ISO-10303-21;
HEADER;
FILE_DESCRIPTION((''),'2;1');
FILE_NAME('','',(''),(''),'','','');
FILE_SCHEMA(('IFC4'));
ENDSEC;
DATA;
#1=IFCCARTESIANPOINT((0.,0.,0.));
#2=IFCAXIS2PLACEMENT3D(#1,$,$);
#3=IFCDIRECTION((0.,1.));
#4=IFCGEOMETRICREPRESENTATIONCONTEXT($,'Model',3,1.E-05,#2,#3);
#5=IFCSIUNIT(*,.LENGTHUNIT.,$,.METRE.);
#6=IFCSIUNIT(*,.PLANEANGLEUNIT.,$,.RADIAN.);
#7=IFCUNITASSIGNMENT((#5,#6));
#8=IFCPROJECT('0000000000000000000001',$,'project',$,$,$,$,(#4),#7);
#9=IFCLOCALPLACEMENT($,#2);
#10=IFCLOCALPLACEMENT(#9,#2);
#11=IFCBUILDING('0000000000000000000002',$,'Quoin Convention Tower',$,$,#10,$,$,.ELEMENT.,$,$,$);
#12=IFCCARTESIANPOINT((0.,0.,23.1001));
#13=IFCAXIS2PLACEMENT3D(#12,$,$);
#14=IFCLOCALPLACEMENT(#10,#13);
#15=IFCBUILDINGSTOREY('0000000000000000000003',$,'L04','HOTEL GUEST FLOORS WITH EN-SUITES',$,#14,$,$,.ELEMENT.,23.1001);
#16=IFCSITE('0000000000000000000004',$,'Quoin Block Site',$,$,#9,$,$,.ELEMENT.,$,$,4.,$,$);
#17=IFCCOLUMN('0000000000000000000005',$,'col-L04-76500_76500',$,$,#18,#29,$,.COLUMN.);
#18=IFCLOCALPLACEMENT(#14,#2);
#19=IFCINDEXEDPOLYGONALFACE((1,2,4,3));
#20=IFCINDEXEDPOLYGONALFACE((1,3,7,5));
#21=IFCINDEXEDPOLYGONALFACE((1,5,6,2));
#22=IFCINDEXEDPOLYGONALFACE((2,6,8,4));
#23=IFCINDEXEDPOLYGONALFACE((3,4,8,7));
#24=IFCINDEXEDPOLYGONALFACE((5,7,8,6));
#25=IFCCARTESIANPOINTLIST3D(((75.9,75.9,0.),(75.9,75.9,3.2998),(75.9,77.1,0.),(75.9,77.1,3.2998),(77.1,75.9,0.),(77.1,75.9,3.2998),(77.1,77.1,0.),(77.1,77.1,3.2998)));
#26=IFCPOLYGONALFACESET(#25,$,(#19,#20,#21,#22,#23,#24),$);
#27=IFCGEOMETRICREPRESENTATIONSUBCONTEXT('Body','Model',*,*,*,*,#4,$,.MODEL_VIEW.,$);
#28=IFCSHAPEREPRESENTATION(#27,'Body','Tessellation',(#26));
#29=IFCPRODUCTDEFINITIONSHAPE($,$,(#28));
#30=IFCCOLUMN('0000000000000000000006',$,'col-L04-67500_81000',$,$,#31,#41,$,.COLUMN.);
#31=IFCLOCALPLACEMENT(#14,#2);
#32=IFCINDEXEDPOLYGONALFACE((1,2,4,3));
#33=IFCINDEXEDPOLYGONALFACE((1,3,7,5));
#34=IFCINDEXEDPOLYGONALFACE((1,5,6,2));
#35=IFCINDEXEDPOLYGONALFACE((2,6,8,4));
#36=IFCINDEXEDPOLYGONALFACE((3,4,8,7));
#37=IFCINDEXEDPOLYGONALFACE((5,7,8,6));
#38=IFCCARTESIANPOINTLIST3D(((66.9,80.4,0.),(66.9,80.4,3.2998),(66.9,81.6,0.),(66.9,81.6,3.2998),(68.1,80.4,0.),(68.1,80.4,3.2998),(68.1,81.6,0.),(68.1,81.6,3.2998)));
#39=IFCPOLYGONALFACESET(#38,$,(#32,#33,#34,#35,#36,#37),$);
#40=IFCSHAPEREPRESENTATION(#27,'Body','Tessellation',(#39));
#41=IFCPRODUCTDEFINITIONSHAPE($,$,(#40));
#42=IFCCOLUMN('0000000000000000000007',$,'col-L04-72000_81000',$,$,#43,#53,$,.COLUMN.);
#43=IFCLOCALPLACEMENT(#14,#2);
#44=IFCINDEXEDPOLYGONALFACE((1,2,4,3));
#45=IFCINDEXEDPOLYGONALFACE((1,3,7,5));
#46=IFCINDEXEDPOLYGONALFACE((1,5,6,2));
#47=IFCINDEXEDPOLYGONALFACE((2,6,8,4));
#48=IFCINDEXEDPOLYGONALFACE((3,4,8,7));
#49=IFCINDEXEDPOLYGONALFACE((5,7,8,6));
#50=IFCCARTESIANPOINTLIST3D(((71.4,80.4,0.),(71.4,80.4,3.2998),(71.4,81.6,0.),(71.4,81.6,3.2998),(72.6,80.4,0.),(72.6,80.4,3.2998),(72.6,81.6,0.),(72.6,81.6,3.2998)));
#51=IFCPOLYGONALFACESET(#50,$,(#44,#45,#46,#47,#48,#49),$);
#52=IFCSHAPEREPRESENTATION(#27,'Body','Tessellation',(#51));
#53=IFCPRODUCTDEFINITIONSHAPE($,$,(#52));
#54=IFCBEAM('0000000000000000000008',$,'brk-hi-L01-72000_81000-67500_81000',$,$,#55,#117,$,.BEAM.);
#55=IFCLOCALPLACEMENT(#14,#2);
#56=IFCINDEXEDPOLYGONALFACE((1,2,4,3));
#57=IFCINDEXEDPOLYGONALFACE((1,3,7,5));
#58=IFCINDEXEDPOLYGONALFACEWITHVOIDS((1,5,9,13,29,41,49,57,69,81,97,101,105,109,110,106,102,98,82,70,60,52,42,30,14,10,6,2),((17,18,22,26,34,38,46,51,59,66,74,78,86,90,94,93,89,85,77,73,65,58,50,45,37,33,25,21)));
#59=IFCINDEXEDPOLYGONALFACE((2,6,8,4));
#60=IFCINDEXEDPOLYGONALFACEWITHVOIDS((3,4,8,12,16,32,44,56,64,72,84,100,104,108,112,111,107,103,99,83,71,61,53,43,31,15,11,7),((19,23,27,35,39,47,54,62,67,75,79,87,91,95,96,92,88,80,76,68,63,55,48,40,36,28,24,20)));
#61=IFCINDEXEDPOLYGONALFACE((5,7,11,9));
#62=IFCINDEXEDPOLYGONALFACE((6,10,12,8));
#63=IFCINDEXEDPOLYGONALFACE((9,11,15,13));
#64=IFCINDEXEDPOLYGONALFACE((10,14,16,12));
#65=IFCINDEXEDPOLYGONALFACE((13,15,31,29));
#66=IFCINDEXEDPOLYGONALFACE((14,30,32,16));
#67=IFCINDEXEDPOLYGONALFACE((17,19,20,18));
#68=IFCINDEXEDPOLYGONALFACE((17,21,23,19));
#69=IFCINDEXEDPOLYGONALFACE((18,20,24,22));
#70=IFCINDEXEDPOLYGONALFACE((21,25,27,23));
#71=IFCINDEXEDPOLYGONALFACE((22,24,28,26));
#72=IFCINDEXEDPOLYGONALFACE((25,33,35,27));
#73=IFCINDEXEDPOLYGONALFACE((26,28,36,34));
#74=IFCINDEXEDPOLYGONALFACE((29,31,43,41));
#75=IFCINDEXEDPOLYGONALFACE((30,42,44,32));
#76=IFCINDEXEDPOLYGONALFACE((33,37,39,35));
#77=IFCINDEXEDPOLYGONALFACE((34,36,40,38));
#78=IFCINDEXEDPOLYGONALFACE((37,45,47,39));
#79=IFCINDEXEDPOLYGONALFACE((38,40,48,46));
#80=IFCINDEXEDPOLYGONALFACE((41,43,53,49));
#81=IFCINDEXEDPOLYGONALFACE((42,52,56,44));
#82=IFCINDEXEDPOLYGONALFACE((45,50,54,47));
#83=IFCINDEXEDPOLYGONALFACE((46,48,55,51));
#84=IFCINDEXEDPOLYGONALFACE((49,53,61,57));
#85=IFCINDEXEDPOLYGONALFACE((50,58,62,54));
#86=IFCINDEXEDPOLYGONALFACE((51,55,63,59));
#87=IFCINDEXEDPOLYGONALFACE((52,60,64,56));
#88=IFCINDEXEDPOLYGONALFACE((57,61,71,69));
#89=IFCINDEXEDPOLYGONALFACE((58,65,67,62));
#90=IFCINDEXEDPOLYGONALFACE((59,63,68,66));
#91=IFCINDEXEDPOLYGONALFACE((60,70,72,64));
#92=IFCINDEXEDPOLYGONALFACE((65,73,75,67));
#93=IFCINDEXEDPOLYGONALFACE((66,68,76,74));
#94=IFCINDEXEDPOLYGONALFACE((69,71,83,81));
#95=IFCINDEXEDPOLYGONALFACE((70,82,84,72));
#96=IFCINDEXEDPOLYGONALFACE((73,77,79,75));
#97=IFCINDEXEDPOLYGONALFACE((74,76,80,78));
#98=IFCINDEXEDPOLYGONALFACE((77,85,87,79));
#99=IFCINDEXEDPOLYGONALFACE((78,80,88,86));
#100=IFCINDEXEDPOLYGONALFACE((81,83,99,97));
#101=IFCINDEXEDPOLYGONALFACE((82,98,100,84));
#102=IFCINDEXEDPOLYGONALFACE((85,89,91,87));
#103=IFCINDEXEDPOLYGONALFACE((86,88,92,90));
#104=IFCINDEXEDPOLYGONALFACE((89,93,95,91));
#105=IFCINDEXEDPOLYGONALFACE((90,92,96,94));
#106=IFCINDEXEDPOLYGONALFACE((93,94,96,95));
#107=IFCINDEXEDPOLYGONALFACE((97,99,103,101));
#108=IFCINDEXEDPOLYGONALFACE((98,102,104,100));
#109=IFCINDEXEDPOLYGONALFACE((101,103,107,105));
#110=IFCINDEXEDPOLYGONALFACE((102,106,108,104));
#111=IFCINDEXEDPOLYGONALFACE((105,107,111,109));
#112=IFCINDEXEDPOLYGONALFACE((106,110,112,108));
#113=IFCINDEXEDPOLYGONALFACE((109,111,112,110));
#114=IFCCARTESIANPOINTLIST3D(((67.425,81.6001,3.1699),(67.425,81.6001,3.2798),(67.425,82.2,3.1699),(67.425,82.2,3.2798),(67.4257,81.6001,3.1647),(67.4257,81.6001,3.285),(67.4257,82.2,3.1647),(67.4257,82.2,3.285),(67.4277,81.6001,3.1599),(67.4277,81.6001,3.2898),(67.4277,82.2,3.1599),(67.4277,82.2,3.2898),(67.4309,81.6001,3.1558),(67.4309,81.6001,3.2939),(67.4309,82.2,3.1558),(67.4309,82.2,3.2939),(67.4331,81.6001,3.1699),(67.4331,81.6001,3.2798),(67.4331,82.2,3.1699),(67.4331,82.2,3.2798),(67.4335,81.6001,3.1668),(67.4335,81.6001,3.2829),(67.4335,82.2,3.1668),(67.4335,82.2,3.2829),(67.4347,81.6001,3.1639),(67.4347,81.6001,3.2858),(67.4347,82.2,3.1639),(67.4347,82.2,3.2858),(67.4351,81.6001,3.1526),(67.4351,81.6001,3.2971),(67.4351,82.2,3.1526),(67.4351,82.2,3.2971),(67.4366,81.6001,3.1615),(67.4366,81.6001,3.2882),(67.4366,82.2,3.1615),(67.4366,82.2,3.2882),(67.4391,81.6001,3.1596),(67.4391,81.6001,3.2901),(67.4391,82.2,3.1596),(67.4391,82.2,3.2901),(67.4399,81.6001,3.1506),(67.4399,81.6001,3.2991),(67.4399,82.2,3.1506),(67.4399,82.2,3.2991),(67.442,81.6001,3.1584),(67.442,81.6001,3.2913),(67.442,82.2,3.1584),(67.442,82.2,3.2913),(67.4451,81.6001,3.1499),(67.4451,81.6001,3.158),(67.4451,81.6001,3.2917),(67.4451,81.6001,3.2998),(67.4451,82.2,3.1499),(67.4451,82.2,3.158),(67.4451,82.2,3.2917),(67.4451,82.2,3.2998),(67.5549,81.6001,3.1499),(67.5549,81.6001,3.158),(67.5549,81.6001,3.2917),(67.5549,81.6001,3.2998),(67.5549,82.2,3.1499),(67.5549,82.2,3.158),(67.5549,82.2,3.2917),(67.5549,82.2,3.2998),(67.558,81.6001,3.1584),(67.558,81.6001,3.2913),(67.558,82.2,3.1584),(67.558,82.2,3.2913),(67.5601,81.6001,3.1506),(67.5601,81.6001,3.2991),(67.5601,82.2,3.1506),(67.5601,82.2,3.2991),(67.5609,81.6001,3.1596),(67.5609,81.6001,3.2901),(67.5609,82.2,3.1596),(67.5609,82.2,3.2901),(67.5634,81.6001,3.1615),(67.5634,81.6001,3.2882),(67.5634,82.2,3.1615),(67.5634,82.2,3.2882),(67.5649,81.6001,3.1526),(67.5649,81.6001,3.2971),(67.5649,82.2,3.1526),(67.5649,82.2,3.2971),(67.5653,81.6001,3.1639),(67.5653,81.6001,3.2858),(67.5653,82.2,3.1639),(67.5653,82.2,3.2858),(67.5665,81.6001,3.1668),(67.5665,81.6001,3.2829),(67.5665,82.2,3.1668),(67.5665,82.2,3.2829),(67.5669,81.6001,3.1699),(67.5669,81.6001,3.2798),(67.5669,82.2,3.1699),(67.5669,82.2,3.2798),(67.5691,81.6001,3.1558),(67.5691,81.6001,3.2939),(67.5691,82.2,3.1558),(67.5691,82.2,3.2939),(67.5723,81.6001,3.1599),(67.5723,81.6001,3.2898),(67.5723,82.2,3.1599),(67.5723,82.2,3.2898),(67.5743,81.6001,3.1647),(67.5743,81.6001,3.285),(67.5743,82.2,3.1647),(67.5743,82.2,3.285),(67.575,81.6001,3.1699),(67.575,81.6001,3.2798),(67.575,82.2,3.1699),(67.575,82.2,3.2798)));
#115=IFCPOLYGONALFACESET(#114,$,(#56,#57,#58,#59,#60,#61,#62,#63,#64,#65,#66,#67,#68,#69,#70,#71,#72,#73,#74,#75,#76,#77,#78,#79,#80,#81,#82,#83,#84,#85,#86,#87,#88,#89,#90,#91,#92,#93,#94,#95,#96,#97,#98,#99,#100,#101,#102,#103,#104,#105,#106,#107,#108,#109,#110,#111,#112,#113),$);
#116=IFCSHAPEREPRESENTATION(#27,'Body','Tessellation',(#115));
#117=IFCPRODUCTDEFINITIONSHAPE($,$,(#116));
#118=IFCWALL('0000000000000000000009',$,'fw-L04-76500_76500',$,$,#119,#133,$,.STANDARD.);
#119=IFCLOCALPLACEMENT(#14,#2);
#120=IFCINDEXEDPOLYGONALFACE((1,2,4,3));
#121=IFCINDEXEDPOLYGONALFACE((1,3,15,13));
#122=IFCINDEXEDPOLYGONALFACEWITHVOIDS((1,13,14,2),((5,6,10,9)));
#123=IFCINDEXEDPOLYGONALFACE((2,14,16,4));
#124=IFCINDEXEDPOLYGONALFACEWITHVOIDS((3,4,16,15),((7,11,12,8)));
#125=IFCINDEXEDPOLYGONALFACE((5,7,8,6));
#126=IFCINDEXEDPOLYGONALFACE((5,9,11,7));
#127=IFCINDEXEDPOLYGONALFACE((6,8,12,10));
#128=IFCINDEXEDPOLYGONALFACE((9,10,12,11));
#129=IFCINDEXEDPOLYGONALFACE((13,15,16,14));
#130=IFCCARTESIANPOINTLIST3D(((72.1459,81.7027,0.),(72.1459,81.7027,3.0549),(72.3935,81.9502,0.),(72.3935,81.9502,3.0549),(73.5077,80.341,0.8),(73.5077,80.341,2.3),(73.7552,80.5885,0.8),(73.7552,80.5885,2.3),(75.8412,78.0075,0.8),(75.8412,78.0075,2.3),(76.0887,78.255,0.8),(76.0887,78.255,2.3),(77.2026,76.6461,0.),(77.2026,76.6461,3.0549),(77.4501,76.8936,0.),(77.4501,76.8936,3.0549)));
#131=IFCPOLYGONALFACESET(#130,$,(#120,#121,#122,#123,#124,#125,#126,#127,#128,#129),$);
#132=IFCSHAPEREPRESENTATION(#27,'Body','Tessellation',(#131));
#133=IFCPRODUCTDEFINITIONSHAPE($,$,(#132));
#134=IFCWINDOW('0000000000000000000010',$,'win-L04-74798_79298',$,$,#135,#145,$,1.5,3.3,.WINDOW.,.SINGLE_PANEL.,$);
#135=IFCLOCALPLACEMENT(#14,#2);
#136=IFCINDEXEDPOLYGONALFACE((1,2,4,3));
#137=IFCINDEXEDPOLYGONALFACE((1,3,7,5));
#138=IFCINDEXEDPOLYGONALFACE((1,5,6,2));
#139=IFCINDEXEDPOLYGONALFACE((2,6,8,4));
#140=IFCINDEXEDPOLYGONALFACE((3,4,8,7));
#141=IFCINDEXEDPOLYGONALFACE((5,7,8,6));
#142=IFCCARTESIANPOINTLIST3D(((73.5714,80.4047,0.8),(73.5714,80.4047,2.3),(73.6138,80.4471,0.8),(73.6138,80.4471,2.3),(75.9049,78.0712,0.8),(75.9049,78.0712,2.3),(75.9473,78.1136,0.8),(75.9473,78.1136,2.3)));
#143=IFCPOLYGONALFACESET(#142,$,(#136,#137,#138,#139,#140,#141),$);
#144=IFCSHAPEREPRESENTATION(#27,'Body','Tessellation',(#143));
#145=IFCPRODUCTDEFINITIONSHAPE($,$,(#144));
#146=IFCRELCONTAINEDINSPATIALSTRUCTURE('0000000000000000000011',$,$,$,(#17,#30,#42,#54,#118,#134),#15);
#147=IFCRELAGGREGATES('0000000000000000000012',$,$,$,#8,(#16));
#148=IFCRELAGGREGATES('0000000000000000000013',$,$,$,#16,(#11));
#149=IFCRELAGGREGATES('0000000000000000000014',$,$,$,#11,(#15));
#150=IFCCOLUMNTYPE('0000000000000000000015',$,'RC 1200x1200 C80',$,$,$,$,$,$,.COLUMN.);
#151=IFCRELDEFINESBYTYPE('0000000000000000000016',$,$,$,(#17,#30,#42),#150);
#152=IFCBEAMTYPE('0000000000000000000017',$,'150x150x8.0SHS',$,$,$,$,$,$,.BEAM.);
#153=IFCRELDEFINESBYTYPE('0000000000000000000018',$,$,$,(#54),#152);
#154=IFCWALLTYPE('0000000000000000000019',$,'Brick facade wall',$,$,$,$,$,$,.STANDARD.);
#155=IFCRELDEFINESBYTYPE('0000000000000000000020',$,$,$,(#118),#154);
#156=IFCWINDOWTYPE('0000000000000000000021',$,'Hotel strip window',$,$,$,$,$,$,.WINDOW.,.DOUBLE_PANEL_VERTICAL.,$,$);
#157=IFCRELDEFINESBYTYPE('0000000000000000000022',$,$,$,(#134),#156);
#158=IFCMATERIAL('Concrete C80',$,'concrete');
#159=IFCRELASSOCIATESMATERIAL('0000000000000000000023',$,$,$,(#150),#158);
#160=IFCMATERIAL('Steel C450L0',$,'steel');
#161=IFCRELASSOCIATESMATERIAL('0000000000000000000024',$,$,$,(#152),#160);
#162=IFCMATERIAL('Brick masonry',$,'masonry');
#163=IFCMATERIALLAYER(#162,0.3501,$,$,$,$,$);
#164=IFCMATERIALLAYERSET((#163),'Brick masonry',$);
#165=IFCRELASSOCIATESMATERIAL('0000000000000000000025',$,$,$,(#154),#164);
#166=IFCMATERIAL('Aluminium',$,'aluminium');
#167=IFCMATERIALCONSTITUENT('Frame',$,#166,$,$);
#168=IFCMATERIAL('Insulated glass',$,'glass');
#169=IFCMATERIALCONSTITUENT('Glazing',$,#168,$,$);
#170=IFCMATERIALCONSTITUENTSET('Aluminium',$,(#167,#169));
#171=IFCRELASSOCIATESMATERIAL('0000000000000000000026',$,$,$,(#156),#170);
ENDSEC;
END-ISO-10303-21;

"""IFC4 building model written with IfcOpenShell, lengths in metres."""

from ifc_helpers import new_model, si_unit, direction, frame, frame_2d, origin, origin_2d, place, context, subcontext, project, spatial, rectangle, hollow_rectangle, extrude, material, layer, layer_set, constituent, constituent_set, material_profile, profile_set, type_object, element, fill, save


model = new_model("IFC4")

# Units and contexts
model_context = context("Model", 3, precision=1e-05, world=origin(), true_north=direction((0.0, 1.0)))
body_context = subcontext(model_context, "Body", "Model", "MODEL_VIEW")
ifc_project = project(units=[si_unit("LENGTHUNIT", "METRE"), si_unit("PLANEANGLEUNIT", "RADIAN")], contexts=[model_context])

# Site, building, storey
site_placement = place(None, origin())
site = spatial("IfcSite", under=ifc_project, at=site_placement, Name="Quoin Block Site", CompositionType="ELEMENT", RefElevation=4.0)
building_placement = place(site_placement, origin())
building = spatial("IfcBuilding", under=site, at=building_placement, Name="Quoin Convention Tower", CompositionType="ELEMENT")
storey_placement = place(building_placement, frame((0.0, 0.0, 23.1001)))
storey = spatial("IfcBuildingStorey", under=building, at=storey_placement, Name="L04", Description="HOTEL GUEST FLOORS WITH EN-SUITES", CompositionType="ELEMENT", Elevation=23.1001)

# Columns
ifc_material_1 = material(Name="Concrete C80", Category="concrete")
ifc_material_profile_1 = material_profile(ifc_material_1, rectangle(XDim=1.2, YDim=1.2, at=origin_2d()), Name="RC 1200x1200")
ifc_profile_set_1 = profile_set([ifc_material_profile_1], Name="Concrete C80")
column_type = type_object("IfcColumnType", Name="RC 1200x1200 C80", PredefinedType="COLUMN", material=ifc_profile_set_1)
for number, where, z_axis, x_axis, name in (
    (1, (76.5, 76.5, 0.0), (0.0, 0.0, 1.0), (1.0, 0.0, 0.0), "col-L04-76500_76500"),
    (2, (67.5, 81.0, 0.0), (0.0, 0.0, 1.0), (1.0, 0.0, 0.0), "col-L04-67500_81000"),
    (3, (72.0, 81.0, 0.0), (0.0, 0.0, 1.0), (1.0, 0.0, 0.0), "col-L04-72000_81000"),
):
    element("IfcColumn", number, at=place(storey_placement, frame(where, z_axis=z_axis, x_axis=x_axis)), inside=storey, type_object=column_type, Name=name, PredefinedType="COLUMN", context=body_context, shape_type="SweptSolid", body=[
        extrude(rectangle(XDim=1.2, YDim=1.2, at=origin_2d()), origin(), (0.0, 0.0, 1.0), 3.2998),
    ])

# Beam
ifc_material_2 = material(Name="Steel C450L0", Category="steel")
ifc_material_profile_2 = material_profile(ifc_material_2, hollow_rectangle(XDim=0.1499, YDim=0.1499, WallThickness=0.0081, InnerFilletRadius=0.012, OuterFilletRadius=0.02, at=origin_2d()), Name="150x150x8.0SHS")
ifc_profile_set_2 = profile_set([ifc_material_profile_2], Name="Steel C450L0")
beam_type = type_object("IfcBeamType", Name="150x150x8.0SHS", PredefinedType="BEAM", material=ifc_profile_set_2)
beam_placement = place(storey_placement, frame((67.5, 81.6001, 3.2249), z_axis=(0.0, 1.0, 0.0), x_axis=(-1.0, 0.0, 0.0)))
element("IfcBeam", 4, at=beam_placement, inside=storey, type_object=beam_type, Name="brk-hi-L01-72000_81000-67500_81000", PredefinedType="BEAM", context=body_context, shape_type="SweptSolid", body=[
    extrude(hollow_rectangle(XDim=0.1499, YDim=0.1499, WallThickness=0.0081, InnerFilletRadius=0.012, OuterFilletRadius=0.02, at=origin_2d()), origin(), (0.0, 0.0, 1.0), 0.5999),
])

# Wall, opening, window
ifc_material_3 = material(Name="Brick masonry", Category="masonry")
ifc_layer_1 = layer(ifc_material_3, 0.3501)
ifc_layer_set_1 = layer_set([ifc_layer_1], Name="Brick masonry")
wall_type_1 = type_object("IfcWallType", Name="Brick facade wall", PredefinedType="STANDARD", material=ifc_layer_set_1)
wall_1_placement = place(storey_placement, frame((77.3264, 76.7698, 0.0), z_axis=(0.0, 0.0, 1.0), x_axis=(-0.707107, 0.707107, 0.0)))
wall_1 = element("IfcWall", 5, at=wall_1_placement, inside=storey, type_object=wall_type_1, Name="fw-L04-76500_76500", PredefinedType="STANDARD", context=body_context, shape_type="SweptSolid", body=[
    extrude(rectangle(XDim=7.1511, YDim=0.3501, at=frame_2d((3.5757, 0.0))), origin(), (0.0, 0.0, 1.0), 3.0549),
])
opening_1_placement = place(wall_1_placement, frame((1.9255, 0.0, 0.8)))
opening_1 = element("IfcOpeningElement", 6, at=opening_1_placement, cuts=wall_1, PredefinedType="OPENING", context=body_context, shape_type="SweptSolid", body=[
    extrude(rectangle(XDim=3.3, YDim=1.5, at=frame_2d((1.6499, 0.75))), frame((0.0, 0.1851, 0.0), z_axis=(0.0, -1.0, 0.0), x_axis=(1.0, 0.0, 0.0)), (0.0, 0.0, 1.0), 0.3701),
])
ifc_material_4 = material(Name="Aluminium", Category="aluminium")
ifc_constituent_1 = constituent(ifc_material_4, Name="Frame")
ifc_material_5 = material(Name="Insulated glass", Category="glass")
ifc_constituent_2 = constituent(ifc_material_5, Name="Glazing")
ifc_constituent_set = constituent_set(constituents=[ifc_constituent_1, ifc_constituent_2], Name="Aluminium")
window_type = type_object("IfcWindowType", Name="Hotel strip window", PartitioningType="DOUBLE_PANEL_VERTICAL", PredefinedType="WINDOW", material=ifc_constituent_set)
window_1_placement = place(opening_1_placement, origin())
window_1 = element("IfcWindow", 7, at=window_1_placement, inside=storey, type_object=window_type, Name="win-L04-74798_79298", OverallHeight=1.5, OverallWidth=3.3, PartitioningType="SINGLE_PANEL", PredefinedType="WINDOW", context=body_context, shape_type="SweptSolid", body=[
    extrude(rectangle(XDim=3.3, YDim=1.5, at=frame_2d((1.6499, 0.75))), frame((0.0, 0.085, 0.0), z_axis=(0.0, -1.0, 0.0), x_axis=(1.0, 0.0, 0.0)), (0.0, 0.0, 1.0), 0.0601),
])
fill(opening_1, window_1)

save(model, "model.ifc")
